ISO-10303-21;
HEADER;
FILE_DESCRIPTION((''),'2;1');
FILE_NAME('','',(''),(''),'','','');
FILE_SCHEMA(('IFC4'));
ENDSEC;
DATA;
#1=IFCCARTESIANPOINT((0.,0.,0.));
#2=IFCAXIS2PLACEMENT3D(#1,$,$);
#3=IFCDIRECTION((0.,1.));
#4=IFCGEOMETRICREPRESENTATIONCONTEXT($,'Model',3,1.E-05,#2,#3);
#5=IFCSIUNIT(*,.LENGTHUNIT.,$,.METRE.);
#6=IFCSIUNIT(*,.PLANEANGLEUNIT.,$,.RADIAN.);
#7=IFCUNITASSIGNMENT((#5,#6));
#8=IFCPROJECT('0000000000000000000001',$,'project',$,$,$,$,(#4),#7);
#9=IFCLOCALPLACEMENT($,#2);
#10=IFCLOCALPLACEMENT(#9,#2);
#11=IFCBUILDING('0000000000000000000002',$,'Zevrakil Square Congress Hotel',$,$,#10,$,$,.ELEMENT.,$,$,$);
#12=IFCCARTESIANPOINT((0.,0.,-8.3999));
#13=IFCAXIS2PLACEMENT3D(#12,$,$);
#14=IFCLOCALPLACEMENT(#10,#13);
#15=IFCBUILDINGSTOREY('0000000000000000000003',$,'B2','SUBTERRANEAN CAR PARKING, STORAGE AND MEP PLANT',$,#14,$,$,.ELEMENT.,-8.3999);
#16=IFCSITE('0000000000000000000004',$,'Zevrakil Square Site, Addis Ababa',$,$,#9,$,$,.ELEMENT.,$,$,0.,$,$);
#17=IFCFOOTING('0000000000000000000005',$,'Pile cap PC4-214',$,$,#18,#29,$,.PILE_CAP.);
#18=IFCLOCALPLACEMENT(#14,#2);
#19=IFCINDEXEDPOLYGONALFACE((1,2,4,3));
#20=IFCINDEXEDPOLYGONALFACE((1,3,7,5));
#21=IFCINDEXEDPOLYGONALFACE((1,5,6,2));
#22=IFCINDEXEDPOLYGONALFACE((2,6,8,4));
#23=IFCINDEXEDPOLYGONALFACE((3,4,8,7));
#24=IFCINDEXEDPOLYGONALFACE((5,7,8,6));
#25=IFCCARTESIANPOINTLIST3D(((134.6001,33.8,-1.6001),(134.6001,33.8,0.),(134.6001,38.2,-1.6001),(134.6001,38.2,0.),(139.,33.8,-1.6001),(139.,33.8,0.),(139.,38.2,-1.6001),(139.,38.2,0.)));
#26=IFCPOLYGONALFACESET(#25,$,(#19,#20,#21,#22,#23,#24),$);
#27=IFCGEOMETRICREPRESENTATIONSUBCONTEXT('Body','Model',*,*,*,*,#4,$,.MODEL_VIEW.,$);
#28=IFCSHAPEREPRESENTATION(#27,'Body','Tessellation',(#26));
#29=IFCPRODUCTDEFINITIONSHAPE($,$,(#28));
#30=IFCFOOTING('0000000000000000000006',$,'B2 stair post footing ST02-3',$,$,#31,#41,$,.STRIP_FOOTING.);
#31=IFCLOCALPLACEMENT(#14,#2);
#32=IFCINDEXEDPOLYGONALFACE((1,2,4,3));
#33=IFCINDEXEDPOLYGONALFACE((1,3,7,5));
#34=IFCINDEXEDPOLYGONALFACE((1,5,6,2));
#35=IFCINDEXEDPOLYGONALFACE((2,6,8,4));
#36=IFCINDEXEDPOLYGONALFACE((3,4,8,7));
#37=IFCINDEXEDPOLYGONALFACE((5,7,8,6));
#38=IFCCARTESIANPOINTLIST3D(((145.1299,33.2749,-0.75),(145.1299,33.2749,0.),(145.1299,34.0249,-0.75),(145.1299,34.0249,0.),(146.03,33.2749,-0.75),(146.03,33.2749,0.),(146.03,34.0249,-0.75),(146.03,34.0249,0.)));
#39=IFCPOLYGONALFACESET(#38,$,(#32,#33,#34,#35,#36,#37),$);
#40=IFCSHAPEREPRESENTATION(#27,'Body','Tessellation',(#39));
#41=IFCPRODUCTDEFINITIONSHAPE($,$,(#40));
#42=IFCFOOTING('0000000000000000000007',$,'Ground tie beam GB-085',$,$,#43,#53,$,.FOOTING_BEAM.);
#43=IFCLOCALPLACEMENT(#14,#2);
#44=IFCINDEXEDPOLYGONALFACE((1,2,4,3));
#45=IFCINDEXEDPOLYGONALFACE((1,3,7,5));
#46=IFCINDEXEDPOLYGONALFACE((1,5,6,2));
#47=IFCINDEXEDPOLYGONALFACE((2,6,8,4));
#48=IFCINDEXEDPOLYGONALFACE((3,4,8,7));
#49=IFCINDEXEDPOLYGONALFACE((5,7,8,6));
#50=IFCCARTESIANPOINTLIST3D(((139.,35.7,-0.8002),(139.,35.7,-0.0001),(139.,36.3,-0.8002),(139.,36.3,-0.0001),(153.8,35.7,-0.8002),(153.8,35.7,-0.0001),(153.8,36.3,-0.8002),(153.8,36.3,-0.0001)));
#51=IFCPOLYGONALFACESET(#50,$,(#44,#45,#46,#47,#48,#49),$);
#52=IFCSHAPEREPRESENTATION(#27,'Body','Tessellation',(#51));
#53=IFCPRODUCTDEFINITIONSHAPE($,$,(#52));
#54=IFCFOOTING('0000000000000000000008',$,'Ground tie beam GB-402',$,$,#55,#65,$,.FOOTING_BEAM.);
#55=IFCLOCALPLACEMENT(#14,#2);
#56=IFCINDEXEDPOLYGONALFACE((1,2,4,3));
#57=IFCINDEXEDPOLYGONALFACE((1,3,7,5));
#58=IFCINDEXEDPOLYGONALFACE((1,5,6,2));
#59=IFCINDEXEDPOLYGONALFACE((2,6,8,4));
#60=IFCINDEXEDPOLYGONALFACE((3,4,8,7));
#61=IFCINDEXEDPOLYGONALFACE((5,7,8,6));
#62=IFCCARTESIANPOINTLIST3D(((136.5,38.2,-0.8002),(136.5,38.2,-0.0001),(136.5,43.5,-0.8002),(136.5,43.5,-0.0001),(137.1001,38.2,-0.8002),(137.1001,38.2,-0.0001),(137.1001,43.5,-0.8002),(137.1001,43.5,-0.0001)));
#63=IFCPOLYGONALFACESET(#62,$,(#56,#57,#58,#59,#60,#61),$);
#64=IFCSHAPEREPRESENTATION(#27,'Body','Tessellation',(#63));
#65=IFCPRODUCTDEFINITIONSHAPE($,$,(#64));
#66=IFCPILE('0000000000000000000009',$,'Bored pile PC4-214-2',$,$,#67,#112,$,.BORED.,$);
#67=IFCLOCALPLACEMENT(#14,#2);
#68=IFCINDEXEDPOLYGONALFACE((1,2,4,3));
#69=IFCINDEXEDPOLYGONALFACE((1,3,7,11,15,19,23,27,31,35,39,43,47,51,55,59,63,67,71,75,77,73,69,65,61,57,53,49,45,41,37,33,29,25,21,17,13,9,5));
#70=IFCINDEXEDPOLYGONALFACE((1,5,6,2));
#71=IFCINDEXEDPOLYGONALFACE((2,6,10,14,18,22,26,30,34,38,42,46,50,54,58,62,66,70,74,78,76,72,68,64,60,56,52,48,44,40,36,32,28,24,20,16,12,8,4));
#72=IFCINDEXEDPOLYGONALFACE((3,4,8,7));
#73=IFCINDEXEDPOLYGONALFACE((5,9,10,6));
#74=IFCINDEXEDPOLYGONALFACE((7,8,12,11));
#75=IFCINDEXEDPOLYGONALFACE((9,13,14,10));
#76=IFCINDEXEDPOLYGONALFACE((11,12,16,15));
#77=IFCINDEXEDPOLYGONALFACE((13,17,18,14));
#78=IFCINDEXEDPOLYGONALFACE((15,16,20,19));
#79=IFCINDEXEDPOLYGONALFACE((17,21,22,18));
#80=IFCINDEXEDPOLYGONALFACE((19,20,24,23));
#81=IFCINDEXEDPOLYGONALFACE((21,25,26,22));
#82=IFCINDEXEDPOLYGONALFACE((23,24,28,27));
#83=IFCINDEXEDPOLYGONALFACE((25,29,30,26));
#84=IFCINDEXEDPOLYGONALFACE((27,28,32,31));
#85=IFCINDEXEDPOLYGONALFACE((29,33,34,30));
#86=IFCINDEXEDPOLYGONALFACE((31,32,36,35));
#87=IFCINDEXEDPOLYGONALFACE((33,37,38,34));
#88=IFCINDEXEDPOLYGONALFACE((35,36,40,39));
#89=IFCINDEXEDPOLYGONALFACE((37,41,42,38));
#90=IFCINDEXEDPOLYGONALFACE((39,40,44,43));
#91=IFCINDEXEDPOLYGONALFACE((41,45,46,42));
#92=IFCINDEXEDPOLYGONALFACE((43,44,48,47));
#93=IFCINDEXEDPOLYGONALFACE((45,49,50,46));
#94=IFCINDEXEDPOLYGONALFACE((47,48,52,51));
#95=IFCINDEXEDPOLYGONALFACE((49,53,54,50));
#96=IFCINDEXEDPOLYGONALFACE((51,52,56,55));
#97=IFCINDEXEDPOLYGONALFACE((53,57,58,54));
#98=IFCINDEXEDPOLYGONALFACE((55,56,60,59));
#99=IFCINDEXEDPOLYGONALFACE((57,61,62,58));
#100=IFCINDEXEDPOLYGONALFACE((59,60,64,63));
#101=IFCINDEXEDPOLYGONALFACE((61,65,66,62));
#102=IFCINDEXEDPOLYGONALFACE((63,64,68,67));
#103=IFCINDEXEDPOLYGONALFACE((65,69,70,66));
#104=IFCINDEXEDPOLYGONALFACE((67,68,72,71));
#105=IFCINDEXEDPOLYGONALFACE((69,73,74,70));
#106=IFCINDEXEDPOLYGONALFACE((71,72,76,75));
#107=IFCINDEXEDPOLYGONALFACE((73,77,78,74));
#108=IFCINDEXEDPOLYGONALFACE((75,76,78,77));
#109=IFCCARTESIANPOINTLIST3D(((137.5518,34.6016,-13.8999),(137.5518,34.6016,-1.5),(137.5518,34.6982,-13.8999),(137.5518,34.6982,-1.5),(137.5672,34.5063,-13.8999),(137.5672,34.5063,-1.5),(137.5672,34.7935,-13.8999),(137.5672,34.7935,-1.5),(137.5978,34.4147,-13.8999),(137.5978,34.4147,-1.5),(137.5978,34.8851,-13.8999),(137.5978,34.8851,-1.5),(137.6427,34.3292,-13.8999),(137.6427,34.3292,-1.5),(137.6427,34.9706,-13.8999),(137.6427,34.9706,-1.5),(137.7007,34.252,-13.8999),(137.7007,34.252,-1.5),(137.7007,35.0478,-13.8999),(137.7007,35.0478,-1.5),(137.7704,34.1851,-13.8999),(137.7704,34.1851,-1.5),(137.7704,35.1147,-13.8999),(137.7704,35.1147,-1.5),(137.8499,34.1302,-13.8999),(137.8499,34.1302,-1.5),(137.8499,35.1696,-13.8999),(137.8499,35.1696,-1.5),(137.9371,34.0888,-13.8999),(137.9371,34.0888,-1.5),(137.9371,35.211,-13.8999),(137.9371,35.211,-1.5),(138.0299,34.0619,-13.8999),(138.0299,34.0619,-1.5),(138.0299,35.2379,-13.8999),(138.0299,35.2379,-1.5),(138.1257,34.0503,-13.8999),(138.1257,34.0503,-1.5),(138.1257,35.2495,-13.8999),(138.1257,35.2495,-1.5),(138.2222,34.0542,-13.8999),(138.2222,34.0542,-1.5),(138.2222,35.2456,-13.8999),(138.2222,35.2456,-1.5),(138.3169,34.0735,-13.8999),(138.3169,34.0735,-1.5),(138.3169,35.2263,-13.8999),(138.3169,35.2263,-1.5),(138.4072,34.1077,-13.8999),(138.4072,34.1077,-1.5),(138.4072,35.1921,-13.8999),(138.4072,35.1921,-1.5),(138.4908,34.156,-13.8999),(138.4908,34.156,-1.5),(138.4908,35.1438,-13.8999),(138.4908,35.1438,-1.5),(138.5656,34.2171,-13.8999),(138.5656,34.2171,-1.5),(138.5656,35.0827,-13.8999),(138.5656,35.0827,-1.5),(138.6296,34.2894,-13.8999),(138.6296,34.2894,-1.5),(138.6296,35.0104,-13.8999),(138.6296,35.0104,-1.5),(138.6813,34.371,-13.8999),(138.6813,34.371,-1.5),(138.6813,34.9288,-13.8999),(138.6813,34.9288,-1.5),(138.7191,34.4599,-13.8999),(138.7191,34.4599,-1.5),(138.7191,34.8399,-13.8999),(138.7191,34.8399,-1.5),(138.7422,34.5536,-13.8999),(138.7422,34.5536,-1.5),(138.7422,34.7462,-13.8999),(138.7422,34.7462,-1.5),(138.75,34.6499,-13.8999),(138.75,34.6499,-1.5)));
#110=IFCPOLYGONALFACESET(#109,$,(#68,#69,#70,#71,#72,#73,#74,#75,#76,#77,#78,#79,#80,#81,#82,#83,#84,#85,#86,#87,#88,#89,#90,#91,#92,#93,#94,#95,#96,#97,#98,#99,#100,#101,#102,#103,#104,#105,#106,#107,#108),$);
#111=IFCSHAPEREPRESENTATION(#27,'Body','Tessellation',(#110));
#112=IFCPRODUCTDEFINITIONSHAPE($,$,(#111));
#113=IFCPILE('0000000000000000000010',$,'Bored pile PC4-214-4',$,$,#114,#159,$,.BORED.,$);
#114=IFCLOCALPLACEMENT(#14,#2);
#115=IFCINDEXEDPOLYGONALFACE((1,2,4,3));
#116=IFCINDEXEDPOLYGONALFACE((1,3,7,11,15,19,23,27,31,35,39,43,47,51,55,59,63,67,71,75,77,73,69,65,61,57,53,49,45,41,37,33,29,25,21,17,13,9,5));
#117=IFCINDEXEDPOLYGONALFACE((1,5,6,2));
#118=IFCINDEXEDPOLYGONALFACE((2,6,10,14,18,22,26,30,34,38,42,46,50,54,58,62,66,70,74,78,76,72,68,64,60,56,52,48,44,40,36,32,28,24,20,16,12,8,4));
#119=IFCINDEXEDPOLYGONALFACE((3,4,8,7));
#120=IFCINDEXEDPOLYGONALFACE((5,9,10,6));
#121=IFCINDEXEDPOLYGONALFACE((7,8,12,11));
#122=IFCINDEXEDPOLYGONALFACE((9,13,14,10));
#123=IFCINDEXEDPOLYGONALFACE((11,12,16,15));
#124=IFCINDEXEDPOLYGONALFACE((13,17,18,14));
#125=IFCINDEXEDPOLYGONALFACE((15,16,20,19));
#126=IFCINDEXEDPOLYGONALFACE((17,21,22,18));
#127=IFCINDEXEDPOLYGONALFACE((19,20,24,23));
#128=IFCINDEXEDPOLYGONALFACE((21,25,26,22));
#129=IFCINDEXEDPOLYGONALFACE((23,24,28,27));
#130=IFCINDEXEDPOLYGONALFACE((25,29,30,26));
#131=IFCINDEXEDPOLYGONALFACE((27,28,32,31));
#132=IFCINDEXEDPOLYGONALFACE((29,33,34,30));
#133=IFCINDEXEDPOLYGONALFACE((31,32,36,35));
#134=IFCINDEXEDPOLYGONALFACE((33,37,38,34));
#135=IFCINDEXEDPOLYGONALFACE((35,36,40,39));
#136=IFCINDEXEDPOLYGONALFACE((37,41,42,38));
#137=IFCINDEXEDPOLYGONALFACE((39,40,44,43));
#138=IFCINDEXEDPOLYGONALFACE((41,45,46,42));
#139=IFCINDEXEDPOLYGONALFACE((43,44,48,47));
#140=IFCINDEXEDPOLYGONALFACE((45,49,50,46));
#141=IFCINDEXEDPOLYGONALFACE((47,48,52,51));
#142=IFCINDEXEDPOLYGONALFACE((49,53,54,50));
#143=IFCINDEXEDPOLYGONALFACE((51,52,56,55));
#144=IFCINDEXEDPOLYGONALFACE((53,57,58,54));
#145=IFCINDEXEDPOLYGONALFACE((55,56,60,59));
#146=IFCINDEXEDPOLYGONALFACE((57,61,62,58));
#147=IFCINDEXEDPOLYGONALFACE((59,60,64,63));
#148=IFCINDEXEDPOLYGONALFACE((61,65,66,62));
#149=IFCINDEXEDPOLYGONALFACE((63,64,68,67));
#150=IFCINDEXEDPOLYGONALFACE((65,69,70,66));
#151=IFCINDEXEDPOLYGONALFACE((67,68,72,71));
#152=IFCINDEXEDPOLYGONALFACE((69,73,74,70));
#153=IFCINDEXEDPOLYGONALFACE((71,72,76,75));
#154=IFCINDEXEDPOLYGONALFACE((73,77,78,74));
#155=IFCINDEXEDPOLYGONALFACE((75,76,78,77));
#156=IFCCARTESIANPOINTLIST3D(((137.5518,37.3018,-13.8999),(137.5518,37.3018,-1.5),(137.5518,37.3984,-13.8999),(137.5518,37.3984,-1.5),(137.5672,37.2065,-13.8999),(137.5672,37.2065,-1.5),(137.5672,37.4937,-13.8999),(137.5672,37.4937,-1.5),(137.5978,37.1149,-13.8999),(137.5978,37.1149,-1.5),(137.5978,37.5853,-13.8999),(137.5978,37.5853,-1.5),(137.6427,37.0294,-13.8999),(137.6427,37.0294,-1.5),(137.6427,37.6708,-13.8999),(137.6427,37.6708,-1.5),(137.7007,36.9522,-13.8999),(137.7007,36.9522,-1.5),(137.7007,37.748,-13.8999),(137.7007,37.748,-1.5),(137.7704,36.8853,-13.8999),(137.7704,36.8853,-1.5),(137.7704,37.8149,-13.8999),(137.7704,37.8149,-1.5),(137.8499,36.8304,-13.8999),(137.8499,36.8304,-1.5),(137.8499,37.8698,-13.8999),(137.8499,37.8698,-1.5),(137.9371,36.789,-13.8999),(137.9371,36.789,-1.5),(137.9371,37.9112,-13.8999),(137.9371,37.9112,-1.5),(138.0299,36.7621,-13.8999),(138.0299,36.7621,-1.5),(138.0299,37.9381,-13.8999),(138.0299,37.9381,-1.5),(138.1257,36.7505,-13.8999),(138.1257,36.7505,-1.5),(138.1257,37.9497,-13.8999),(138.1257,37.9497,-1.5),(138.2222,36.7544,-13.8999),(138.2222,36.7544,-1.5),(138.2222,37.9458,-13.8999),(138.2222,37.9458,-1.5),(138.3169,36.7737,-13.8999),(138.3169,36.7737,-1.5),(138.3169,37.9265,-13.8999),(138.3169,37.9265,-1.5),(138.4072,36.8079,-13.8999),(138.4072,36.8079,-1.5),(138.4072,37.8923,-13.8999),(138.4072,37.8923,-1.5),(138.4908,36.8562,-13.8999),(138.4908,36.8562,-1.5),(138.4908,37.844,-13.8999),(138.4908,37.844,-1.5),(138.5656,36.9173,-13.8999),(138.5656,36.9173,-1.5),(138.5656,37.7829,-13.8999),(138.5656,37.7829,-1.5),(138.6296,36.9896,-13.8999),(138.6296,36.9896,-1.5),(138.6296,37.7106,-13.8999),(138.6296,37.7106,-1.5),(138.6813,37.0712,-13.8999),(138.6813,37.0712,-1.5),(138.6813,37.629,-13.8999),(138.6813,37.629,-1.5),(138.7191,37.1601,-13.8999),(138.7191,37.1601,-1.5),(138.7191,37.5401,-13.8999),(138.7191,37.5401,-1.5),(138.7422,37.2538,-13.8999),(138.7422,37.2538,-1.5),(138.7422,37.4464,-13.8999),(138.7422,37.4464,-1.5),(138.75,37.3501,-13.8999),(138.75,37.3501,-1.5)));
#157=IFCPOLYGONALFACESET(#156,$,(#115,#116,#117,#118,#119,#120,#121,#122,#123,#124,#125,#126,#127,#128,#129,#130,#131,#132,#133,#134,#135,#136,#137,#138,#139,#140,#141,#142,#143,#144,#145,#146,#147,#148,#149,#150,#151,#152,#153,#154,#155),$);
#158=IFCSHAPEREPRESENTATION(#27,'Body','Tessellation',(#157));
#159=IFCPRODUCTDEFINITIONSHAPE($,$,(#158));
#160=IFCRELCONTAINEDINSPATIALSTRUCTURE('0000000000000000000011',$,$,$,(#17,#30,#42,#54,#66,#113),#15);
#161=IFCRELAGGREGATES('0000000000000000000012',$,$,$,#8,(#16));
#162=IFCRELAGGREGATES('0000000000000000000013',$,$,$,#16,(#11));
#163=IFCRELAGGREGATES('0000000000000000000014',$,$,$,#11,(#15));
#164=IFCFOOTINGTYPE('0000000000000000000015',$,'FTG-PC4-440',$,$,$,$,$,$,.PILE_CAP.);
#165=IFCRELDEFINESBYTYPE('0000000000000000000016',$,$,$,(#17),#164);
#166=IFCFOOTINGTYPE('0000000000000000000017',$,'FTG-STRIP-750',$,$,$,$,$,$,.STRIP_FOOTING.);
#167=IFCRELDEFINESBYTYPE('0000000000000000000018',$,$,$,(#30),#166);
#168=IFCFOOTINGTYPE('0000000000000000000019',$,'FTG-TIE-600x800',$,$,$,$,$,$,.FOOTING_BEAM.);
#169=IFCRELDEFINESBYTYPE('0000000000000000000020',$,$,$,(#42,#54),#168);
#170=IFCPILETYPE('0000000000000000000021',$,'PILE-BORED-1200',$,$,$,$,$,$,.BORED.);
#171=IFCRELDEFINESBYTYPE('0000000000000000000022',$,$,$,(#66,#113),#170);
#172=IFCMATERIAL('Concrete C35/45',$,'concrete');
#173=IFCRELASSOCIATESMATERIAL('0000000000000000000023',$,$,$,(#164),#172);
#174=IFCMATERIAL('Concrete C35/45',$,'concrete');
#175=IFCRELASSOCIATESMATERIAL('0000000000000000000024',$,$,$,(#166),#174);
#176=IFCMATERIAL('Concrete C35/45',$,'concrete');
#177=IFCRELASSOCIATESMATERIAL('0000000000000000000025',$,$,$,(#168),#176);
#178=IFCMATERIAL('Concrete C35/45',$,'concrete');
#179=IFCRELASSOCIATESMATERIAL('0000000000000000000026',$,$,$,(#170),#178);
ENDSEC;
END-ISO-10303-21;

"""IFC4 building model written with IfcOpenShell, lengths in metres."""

from ifc_helpers import new_model, si_unit, direction, frame, origin, origin_2d, place, context, subcontext, project, spatial, rectangle, circle, extrude, material, material_profile, profile_set, type_object, element, save


model = new_model("IFC4")

# Units and contexts
model_context = context("Model", 3, precision=1e-05, world=origin(), true_north=direction((0.0, 1.0)))
body_context = subcontext(model_context, "Body", "Model", "MODEL_VIEW")
ifc_project = project(units=[si_unit("LENGTHUNIT", "METRE"), si_unit("PLANEANGLEUNIT", "RADIAN")], contexts=[model_context])

# Site, building, storey
site_placement = place(None, origin())
site = spatial("IfcSite", under=ifc_project, at=site_placement, Name="Zevrakil Square Site, Addis Ababa", CompositionType="ELEMENT", RefElevation=0.0)
building_placement = place(site_placement, origin())
building = spatial("IfcBuilding", under=site, at=building_placement, Name="Zevrakil Square Congress Hotel", CompositionType="ELEMENT")
storey_placement = place(building_placement, frame((0.0, 0.0, -8.3999)))
storey = spatial("IfcBuildingStorey", under=building, at=storey_placement, Name="B2", Description="SUBTERRANEAN CAR PARKING, STORAGE AND MEP PLANT", CompositionType="ELEMENT", Elevation=-8.3999)

# Footings
ifc_material_1 = material(Name="Concrete C35/45", Category="concrete")
footing_type_1 = type_object("IfcFootingType", Name="FTG-PC4-440", PredefinedType="PILE_CAP", material=ifc_material_1)
footing_1_placement = place(storey_placement, frame((136.8, 36.0, -1.6001), z_axis=(0.0, 0.0, 1.0), x_axis=(1.0, 0.0, 0.0)))
element("IfcFooting", 1, at=footing_1_placement, inside=storey, type_object=footing_type_1, Name="Pile cap PC4-214", PredefinedType="PILE_CAP", context=body_context, shape_type="SweptSolid", body=[
    extrude(rectangle(XDim=4.3999, YDim=4.3999, at=origin_2d()), origin(), (0.0, 0.0, 1.0), 1.6001),
])
ifc_material_2 = material(Name="Concrete C35/45", Category="concrete")
ifc_material_profile_1 = material_profile(ifc_material_2, rectangle(XDim=0.75, YDim=0.75, at=origin_2d()), Name="RC 750x750")
ifc_profile_set_1 = profile_set([ifc_material_profile_1], Name="Concrete C35/45")
footing_type_2 = type_object("IfcFootingType", Name="FTG-STRIP-750", PredefinedType="STRIP_FOOTING", material=ifc_profile_set_1)
footing_2_placement = place(storey_placement, frame((145.1299, 33.6499, -0.375), z_axis=(1.0, 0.0, 0.0), x_axis=(0.0, 1.0, 0.0)))
element("IfcFooting", 2, at=footing_2_placement, inside=storey, type_object=footing_type_2, Name="B2 stair post footing ST02-3", PredefinedType="STRIP_FOOTING", context=body_context, shape_type="SweptSolid", body=[
    extrude(rectangle(XDim=0.75, YDim=0.75, at=origin_2d()), origin(), (0.0, 0.0, 1.0), 0.9001),
])
ifc_material_3 = material(Name="Concrete C35/45", Category="concrete")
ifc_material_profile_2 = material_profile(ifc_material_3, rectangle(XDim=0.6001, YDim=0.8, at=origin_2d()), Name="RC 600x800")
ifc_profile_set_2 = profile_set([ifc_material_profile_2], Name="Concrete C35/45")
footing_type_3 = type_object("IfcFootingType", Name="FTG-TIE-600x800", PredefinedType="FOOTING_BEAM", material=ifc_profile_set_2)
footing_3_placement = place(storey_placement, frame((139.0, 36.0, -0.4001), z_axis=(1.0, 0.0, 0.0), x_axis=(0.0, 1.0, 0.0)))
element("IfcFooting", 3, at=footing_3_placement, inside=storey, type_object=footing_type_3, Name="Ground tie beam GB-085", PredefinedType="FOOTING_BEAM", context=body_context, shape_type="SweptSolid", body=[
    extrude(rectangle(XDim=0.6001, YDim=0.8, at=origin_2d()), origin(), (0.0, 0.0, 1.0), 14.8),
])
footing_4_placement = place(storey_placement, frame((136.8, 38.2, -0.4001), z_axis=(0.0, 1.0, 0.0), x_axis=(-1.0, 0.0, 0.0)))
element("IfcFooting", 4, at=footing_4_placement, inside=storey, type_object=footing_type_3, Name="Ground tie beam GB-402", PredefinedType="FOOTING_BEAM", context=body_context, shape_type="SweptSolid", body=[
    extrude(rectangle(XDim=0.6001, YDim=0.8, at=origin_2d()), origin(), (0.0, 0.0, 1.0), 5.3),
])

# Piles
ifc_material_4 = material(Name="Concrete C35/45", Category="concrete")
ifc_material_profile_3 = material_profile(ifc_material_4, circle(Radius=0.6001, at=origin_2d()), Name="PILE D1200")
ifc_profile_set_3 = profile_set([ifc_material_profile_3], Name="Concrete C35/45")
pile_type = type_object("IfcPileType", Name="PILE-BORED-1200", PredefinedType="BORED", material=ifc_profile_set_3)
for number, where, z_axis, x_axis, name in (
    (5, (138.1499, 34.6499, -1.5), (0.0, 0.0, -1.0), (1.0, 0.0, 0.0), "Bored pile PC4-214-2"),
    (6, (138.1499, 37.3501, -1.5), (0.0, 0.0, -1.0), (1.0, 0.0, 0.0), "Bored pile PC4-214-4"),
):
    element("IfcPile", number, at=place(storey_placement, frame(where, z_axis=z_axis, x_axis=x_axis)), inside=storey, type_object=pile_type, Name=name, PredefinedType="BORED", context=body_context, shape_type="SweptSolid", body=[
        extrude(circle(Radius=0.6001, at=origin_2d()), origin(), (0.0, 0.0, 1.0), 12.3999),
    ])

save(model, "model.ifc")
